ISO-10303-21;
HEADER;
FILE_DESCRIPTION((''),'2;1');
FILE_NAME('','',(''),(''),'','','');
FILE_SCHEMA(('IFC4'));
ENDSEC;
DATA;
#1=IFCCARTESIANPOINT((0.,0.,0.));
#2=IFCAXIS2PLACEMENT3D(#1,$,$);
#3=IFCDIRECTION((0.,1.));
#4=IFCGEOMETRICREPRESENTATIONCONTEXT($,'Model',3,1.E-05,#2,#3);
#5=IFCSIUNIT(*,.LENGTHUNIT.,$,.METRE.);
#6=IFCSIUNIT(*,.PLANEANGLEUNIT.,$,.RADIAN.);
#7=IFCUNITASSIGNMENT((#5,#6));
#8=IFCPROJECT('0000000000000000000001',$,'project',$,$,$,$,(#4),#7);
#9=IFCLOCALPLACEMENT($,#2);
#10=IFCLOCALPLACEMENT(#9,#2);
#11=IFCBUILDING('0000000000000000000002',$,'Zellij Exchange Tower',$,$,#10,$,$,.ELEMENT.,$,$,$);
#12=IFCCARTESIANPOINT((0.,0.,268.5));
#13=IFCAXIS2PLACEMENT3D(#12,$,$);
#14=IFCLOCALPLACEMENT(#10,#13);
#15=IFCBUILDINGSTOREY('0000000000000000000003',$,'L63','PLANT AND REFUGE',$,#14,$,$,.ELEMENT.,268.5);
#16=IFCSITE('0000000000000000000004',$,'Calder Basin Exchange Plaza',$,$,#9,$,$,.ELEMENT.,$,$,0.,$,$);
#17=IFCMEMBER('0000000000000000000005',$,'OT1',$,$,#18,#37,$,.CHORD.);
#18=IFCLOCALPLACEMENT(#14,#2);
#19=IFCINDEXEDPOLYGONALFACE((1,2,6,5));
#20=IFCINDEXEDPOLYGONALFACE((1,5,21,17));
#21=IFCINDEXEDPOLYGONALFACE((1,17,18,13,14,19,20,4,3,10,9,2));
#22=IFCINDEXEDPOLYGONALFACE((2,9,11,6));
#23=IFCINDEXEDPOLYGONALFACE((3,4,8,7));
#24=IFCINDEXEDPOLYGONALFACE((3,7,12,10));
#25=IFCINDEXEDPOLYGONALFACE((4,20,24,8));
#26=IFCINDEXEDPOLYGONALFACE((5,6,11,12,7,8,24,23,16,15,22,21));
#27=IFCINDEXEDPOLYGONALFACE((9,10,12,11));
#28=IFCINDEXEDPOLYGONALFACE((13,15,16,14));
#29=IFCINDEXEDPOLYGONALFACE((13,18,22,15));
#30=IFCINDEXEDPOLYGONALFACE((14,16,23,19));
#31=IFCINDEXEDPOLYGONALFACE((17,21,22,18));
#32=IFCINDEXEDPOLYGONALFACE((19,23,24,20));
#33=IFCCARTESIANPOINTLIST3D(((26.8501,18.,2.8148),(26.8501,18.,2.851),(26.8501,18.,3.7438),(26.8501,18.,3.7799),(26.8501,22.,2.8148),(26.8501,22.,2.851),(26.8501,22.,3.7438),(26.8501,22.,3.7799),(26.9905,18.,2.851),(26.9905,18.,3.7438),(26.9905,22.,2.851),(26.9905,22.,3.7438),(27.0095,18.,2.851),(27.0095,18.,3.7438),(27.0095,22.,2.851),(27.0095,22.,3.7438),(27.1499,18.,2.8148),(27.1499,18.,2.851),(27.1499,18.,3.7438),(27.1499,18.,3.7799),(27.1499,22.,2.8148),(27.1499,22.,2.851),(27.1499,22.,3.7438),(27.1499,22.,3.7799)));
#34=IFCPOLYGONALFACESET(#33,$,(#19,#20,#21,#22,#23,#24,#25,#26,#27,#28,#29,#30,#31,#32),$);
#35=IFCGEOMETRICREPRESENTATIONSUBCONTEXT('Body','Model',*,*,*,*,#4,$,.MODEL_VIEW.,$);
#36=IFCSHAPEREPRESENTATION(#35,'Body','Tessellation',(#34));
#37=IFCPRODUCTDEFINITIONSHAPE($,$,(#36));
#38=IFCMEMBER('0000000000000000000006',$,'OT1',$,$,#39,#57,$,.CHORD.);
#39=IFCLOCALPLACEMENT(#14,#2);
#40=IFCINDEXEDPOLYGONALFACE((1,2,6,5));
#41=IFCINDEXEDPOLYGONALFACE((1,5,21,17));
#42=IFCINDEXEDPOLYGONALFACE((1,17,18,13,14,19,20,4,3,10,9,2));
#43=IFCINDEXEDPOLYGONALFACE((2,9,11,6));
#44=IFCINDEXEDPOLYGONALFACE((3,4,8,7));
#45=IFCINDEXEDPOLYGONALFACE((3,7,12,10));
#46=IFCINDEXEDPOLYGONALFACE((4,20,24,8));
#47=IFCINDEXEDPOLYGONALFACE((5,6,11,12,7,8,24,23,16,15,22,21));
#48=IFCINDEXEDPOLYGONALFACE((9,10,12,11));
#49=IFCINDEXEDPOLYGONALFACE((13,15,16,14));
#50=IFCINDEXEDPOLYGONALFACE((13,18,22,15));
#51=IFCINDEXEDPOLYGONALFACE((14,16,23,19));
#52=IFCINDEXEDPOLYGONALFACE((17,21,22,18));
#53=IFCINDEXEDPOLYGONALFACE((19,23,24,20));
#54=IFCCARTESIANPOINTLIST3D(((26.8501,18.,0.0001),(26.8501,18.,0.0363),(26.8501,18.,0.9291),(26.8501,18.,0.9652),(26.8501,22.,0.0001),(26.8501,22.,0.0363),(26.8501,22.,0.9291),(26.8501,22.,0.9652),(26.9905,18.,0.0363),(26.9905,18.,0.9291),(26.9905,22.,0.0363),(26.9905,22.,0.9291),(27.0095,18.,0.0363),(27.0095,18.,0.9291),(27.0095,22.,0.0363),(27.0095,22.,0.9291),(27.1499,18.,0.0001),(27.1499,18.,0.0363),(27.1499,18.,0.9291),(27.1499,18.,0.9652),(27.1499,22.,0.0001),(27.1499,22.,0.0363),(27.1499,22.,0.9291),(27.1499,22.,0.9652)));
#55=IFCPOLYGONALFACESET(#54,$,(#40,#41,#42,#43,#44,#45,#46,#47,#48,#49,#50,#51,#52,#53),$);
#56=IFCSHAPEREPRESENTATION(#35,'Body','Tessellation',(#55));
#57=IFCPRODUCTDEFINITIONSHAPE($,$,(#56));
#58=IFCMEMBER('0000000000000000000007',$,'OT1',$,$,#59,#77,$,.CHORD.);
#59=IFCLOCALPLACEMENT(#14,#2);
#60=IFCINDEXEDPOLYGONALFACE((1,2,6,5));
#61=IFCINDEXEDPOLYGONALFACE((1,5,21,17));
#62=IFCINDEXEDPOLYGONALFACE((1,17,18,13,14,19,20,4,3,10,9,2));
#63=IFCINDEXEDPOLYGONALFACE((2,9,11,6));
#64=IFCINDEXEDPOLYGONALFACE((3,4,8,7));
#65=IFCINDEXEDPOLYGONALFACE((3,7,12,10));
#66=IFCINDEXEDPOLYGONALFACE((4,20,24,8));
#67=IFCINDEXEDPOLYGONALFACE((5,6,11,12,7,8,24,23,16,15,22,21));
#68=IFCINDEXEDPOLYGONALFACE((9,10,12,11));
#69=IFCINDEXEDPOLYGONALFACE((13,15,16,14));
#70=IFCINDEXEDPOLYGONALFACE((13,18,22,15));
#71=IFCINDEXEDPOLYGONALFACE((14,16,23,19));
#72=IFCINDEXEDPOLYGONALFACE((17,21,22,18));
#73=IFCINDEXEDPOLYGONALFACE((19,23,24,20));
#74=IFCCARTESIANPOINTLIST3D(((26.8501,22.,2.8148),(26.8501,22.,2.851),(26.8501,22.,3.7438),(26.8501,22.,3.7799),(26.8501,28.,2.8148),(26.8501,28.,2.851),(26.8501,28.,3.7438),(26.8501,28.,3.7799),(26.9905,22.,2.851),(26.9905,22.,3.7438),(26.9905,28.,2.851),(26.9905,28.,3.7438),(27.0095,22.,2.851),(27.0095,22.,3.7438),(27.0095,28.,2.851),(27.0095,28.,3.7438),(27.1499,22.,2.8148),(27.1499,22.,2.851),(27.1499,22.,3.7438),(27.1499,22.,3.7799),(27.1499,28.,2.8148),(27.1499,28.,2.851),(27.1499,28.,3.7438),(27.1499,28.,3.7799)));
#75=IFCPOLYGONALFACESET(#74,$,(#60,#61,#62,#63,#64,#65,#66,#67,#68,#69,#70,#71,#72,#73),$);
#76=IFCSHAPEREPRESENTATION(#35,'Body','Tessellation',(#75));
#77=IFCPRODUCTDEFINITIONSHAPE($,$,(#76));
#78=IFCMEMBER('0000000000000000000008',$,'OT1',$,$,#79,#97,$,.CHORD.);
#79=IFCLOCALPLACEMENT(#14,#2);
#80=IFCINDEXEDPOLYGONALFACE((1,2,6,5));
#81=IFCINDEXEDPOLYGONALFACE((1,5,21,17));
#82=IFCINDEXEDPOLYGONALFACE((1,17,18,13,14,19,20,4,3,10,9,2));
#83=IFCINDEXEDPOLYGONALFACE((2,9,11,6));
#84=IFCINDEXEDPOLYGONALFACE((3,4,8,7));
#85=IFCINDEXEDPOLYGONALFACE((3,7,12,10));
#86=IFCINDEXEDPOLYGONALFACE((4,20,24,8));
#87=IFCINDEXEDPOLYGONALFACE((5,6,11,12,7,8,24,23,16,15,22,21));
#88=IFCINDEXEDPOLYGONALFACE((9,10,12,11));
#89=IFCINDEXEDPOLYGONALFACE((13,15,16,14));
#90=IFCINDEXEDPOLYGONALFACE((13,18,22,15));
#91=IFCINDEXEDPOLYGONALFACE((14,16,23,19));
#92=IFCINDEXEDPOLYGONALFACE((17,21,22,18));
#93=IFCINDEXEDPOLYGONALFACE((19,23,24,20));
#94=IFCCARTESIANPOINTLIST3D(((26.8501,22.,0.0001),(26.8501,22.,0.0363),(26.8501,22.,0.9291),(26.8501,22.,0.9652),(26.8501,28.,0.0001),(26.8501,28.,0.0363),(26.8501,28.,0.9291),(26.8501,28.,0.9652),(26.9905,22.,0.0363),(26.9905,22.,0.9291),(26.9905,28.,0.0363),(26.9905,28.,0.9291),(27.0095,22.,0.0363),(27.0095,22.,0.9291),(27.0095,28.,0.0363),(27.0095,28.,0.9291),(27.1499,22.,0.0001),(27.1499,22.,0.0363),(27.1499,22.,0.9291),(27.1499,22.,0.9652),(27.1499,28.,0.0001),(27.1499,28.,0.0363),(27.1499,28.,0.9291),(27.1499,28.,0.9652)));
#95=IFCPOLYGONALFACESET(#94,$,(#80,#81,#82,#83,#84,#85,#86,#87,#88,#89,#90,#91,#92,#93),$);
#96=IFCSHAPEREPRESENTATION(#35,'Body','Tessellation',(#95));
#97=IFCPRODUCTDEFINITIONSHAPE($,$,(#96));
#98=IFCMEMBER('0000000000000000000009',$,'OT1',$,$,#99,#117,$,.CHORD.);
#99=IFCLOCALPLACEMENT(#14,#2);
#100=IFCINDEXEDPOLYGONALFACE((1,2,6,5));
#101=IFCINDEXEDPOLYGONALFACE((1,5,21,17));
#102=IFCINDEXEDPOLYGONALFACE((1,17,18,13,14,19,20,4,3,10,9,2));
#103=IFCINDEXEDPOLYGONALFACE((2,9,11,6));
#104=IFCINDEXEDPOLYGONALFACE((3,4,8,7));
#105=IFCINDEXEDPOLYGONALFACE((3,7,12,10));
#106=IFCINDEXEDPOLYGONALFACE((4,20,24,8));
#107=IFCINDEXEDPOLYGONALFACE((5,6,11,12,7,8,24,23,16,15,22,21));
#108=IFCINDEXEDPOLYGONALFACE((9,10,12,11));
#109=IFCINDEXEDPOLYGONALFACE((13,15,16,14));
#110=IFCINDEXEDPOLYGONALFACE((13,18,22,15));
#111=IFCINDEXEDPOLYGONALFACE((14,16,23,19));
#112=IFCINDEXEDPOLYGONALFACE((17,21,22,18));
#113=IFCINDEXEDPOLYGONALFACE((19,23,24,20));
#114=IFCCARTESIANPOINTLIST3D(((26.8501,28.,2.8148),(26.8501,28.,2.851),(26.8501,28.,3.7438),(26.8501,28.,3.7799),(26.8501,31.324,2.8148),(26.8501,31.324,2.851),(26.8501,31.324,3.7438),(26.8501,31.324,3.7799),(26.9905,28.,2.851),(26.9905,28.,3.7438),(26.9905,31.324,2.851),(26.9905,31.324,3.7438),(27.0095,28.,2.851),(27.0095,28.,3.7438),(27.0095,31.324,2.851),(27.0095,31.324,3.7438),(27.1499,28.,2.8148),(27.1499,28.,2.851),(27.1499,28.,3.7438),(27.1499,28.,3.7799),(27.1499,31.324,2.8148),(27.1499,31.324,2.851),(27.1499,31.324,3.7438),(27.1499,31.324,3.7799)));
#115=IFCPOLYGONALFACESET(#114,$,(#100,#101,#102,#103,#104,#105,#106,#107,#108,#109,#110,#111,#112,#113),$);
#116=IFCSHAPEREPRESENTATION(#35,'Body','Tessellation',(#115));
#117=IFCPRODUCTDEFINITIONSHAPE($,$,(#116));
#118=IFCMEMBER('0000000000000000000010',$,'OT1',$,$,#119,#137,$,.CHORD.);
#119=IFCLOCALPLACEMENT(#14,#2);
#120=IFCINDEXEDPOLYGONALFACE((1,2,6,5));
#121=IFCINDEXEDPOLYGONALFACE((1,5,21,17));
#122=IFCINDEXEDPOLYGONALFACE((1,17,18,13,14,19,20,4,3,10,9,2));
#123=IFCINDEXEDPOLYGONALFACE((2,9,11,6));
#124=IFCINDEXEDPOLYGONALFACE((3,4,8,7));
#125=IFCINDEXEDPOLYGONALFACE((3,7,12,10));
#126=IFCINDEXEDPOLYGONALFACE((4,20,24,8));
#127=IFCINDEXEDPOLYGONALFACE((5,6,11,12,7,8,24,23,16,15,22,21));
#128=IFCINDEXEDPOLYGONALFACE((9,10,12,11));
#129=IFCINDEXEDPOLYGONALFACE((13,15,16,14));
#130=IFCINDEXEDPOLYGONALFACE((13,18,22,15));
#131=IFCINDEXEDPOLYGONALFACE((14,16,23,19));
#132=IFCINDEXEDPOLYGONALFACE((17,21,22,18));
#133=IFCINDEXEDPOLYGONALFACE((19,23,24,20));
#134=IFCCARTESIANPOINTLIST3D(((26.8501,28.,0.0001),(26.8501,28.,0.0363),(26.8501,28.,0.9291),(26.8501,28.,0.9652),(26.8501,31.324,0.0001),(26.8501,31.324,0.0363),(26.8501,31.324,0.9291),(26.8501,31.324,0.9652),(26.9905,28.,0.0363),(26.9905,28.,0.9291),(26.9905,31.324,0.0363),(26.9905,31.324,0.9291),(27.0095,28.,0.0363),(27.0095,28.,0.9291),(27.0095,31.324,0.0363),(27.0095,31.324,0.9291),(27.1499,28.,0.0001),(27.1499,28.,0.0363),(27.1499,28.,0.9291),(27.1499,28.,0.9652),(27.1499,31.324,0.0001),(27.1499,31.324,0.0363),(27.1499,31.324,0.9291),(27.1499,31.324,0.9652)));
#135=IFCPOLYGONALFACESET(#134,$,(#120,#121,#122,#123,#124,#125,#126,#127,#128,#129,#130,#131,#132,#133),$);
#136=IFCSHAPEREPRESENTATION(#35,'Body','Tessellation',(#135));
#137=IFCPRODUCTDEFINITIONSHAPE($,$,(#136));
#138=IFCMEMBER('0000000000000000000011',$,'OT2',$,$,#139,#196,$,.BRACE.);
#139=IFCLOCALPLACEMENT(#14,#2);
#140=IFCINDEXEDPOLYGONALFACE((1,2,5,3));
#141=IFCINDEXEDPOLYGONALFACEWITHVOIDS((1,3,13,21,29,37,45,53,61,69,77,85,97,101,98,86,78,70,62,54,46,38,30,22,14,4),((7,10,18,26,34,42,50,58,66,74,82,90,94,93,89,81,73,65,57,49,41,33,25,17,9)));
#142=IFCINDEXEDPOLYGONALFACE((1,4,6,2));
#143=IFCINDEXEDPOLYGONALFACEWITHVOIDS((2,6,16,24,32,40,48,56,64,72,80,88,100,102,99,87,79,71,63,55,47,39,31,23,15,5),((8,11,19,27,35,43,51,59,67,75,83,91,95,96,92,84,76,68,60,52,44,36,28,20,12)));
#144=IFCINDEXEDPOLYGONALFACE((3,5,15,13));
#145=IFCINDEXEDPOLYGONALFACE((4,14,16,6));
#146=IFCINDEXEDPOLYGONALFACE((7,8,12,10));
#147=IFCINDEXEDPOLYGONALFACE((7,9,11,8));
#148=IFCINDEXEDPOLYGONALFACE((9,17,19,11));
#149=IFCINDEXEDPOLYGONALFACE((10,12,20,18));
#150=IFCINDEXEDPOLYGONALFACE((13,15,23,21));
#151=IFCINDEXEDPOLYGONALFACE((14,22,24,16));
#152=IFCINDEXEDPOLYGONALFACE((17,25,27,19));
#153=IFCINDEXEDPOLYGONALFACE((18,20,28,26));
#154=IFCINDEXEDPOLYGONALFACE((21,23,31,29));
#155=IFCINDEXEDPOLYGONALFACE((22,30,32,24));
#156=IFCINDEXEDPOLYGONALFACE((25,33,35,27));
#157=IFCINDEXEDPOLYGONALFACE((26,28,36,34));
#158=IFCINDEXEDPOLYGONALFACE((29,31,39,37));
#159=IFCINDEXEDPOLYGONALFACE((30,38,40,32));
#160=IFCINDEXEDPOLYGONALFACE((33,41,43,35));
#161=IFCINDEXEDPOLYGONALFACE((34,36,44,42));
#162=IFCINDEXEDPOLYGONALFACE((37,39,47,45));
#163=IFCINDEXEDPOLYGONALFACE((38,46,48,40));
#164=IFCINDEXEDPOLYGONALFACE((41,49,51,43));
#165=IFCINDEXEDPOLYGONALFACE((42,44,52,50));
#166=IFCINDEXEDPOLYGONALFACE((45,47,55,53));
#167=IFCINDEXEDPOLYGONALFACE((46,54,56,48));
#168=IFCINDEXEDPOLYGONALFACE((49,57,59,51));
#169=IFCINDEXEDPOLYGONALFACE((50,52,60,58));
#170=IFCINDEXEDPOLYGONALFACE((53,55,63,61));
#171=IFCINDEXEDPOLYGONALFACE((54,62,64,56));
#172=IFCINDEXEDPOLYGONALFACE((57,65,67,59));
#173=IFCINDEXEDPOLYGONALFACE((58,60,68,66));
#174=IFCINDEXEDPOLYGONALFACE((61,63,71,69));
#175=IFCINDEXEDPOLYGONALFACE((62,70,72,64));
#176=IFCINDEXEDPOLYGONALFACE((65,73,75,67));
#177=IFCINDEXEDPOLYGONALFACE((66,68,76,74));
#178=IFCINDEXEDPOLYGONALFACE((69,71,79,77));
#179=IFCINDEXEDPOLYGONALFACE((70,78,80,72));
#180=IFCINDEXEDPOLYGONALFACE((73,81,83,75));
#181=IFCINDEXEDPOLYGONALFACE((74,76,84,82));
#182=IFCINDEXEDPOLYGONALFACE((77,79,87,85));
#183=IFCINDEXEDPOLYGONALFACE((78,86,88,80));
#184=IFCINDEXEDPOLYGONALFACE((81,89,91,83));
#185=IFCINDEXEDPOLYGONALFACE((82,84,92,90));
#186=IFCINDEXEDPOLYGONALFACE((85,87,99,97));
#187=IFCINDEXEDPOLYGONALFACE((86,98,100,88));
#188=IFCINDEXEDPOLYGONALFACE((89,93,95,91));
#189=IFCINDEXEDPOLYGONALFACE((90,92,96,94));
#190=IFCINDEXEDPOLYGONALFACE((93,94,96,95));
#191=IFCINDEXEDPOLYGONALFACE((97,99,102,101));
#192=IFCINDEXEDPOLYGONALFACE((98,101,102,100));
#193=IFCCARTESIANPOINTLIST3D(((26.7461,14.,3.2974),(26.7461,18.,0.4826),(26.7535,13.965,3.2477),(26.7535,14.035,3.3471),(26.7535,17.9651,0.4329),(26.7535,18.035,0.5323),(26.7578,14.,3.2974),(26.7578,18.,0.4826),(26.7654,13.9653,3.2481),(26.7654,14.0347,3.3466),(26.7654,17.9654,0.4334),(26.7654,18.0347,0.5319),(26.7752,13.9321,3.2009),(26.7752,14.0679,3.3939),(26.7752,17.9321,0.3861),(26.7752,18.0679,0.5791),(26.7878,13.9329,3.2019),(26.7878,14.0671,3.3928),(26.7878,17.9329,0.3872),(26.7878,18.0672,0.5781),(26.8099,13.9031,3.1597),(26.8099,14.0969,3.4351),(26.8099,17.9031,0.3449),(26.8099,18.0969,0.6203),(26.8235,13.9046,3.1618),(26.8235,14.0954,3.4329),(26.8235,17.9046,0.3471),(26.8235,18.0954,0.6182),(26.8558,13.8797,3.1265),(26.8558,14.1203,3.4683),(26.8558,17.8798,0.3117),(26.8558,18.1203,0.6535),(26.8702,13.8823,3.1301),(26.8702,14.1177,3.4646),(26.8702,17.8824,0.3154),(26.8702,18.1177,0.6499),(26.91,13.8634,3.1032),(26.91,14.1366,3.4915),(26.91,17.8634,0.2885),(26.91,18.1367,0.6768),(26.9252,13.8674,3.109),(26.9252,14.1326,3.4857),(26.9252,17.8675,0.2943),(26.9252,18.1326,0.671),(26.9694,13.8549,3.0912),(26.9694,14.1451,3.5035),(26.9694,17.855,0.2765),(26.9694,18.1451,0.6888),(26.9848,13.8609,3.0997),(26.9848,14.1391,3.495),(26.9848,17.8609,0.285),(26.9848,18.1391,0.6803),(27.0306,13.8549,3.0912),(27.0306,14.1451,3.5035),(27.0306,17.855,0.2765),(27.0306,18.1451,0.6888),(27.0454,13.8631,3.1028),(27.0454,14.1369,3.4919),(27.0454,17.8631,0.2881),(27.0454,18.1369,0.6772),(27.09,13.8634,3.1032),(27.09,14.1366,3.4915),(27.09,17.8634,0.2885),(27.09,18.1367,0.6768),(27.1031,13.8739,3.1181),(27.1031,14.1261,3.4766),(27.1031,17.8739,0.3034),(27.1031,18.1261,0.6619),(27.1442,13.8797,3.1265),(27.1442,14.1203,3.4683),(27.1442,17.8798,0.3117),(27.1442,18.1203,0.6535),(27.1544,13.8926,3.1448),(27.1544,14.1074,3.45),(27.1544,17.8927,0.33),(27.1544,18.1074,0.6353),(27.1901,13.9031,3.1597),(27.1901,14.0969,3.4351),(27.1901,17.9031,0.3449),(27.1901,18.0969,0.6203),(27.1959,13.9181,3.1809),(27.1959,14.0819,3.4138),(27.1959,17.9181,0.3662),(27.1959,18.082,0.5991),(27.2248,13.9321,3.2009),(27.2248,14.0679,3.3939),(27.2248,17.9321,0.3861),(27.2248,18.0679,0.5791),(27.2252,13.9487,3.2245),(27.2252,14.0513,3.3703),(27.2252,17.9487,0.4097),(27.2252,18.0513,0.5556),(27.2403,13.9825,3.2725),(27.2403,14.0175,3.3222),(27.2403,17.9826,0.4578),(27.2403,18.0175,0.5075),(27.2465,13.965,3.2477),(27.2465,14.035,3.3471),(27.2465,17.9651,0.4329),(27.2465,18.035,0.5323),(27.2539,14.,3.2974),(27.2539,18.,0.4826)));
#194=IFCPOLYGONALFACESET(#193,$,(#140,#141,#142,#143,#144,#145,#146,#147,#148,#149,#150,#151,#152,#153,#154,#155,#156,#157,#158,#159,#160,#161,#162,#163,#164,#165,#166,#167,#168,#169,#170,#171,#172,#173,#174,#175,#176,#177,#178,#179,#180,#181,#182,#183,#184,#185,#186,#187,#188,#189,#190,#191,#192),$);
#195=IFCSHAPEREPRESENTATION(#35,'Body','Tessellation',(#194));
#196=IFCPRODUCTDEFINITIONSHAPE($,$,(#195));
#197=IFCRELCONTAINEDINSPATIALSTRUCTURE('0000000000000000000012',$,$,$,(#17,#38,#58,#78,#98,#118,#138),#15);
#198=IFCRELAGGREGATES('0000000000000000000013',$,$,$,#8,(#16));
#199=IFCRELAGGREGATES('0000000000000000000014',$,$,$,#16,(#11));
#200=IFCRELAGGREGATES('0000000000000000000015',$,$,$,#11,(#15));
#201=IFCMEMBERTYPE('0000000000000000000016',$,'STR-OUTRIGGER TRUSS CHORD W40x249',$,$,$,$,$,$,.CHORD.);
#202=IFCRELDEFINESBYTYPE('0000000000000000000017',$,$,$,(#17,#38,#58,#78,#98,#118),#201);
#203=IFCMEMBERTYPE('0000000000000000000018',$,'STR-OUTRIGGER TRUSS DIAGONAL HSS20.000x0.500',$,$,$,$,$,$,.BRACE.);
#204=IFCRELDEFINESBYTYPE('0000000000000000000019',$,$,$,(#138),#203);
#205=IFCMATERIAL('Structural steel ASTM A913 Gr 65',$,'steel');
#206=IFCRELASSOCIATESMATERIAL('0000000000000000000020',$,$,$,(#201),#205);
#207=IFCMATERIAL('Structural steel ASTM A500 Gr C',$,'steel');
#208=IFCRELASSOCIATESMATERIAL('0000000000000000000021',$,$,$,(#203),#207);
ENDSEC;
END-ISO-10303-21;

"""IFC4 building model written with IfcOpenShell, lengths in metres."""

from ifc_helpers import new_model, si_unit, direction, frame, origin, origin_2d, place, context, subcontext, project, spatial, hollow_circle, i_section, extrude, material, material_profile, profile_set, type_object, element, save


model = new_model("IFC4")

# Units and contexts
model_context = context("Model", 3, precision=1e-05, world=origin(), true_north=direction((0.0, 1.0)))
body_context = subcontext(model_context, "Body", "Model", "MODEL_VIEW")
ifc_project = project(units=[si_unit("LENGTHUNIT", "METRE"), si_unit("PLANEANGLEUNIT", "RADIAN")], contexts=[model_context])

# Site, building, storey
site_placement = place(None, origin())
site = spatial("IfcSite", under=ifc_project, at=site_placement, Name="Calder Basin Exchange Plaza", CompositionType="ELEMENT", RefElevation=0.0)
building_placement = place(site_placement, origin())
building = spatial("IfcBuilding", under=site, at=building_placement, Name="Zellij Exchange Tower", CompositionType="ELEMENT")
storey_placement = place(building_placement, frame((0.0, 0.0, 268.5)))
storey = spatial("IfcBuildingStorey", under=building, at=storey_placement, Name="L63", Description="PLANT AND REFUGE", CompositionType="ELEMENT", Elevation=268.5)

# Members
ifc_material_1 = material(Name="Structural steel ASTM A913 Gr 65", Category="steel")
ifc_material_profile_1 = material_profile(ifc_material_1, i_section(OverallWidth=0.2998, OverallDepth=0.9651, WebThickness=0.019, FlangeThickness=0.0361, at=origin_2d()), Name="W40x249")
ifc_profile_set_1 = profile_set([ifc_material_profile_1], Name="Structural steel ASTM A913 Gr 65")
member_type_1 = type_object("IfcMemberType", Name="STR-OUTRIGGER TRUSS CHORD W40x249", PredefinedType="CHORD", material=ifc_profile_set_1)
for number, where, z_axis, x_axis, name in (
    (1, (27.0, 18.0, 3.2974), (0.0, 1.0, 0.0), (-1.0, 0.0, 0.0), "OT1"),
    (2, (27.0, 18.0, 0.4827), (0.0, 1.0, 0.0), (-1.0, 0.0, 0.0), "OT1"),
):
    element("IfcMember", number, at=place(storey_placement, frame(where, z_axis=z_axis, x_axis=x_axis)), inside=storey, type_object=member_type_1, Name=name, PredefinedType="CHORD", context=body_context, shape_type="SweptSolid", body=[
        extrude(i_section(OverallWidth=0.2998, OverallDepth=0.9651, WebThickness=0.019, FlangeThickness=0.0361, at=origin_2d()), origin(), (0.0, 0.0, 1.0), 4.0),
    ])
for number, where, z_axis, x_axis, name in (
    (3, (27.0, 22.0, 3.2974), (0.0, 1.0, 0.0), (-1.0, 0.0, 0.0), "OT1"),
    (4, (27.0, 22.0, 0.4827), (0.0, 1.0, 0.0), (-1.0, 0.0, 0.0), "OT1"),
):
    element("IfcMember", number, at=place(storey_placement, frame(where, z_axis=z_axis, x_axis=x_axis)), inside=storey, type_object=member_type_1, Name=name, PredefinedType="CHORD", context=body_context, shape_type="SweptSolid", body=[
        extrude(i_section(OverallWidth=0.2998, OverallDepth=0.9651, WebThickness=0.019, FlangeThickness=0.0361, at=origin_2d()), origin(), (0.0, 0.0, 1.0), 6.0),
    ])
for number, where, z_axis, x_axis, name in (
    (5, (27.0, 28.0, 3.2974), (0.0, 1.0, 0.0), (-1.0, 0.0, 0.0), "OT1"),
    (6, (27.0, 28.0, 0.4827), (0.0, 1.0, 0.0), (-1.0, 0.0, 0.0), "OT1"),
):
    element("IfcMember", number, at=place(storey_placement, frame(where, z_axis=z_axis, x_axis=x_axis)), inside=storey, type_object=member_type_1, Name=name, PredefinedType="CHORD", context=body_context, shape_type="SweptSolid", body=[
        extrude(i_section(OverallWidth=0.2998, OverallDepth=0.9651, WebThickness=0.019, FlangeThickness=0.0361, at=origin_2d()), origin(), (0.0, 0.0, 1.0), 3.324),
    ])
ifc_material_2 = material(Name="Structural steel ASTM A500 Gr C", Category="steel")
ifc_material_profile_2 = material_profile(ifc_material_2, hollow_circle(Radius=0.2539, WallThickness=0.0117, at=origin_2d()), Name="STR-OUTRIGGER TRUSS DIAGONAL HSS20.000x0.500")
ifc_profile_set_2 = profile_set([ifc_material_profile_2], Name="Structural steel ASTM A500 Gr C")
member_type_2 = type_object("IfcMemberType", Name="STR-OUTRIGGER TRUSS DIAGONAL HSS20.000x0.500", PredefinedType="BRACE", material=ifc_profile_set_2)
for number, where, z_axis, x_axis, name in (
    (7, (27.0, 14.0, 3.2974), (0.0, 0.817818, -0.575477), (-1.0, 0.0, 0.0), "OT2"),
):
    element("IfcMember", number, at=place(storey_placement, frame(where, z_axis=z_axis, x_axis=x_axis)), inside=storey, type_object=member_type_2, Name=name, PredefinedType="BRACE", context=body_context, shape_type="SweptSolid", body=[
        extrude(hollow_circle(Radius=0.2539, WallThickness=0.0117, at=origin_2d()), origin(), (0.0, 0.0, 1.0), 4.8911),
    ])

save(model, "model.ifc")
